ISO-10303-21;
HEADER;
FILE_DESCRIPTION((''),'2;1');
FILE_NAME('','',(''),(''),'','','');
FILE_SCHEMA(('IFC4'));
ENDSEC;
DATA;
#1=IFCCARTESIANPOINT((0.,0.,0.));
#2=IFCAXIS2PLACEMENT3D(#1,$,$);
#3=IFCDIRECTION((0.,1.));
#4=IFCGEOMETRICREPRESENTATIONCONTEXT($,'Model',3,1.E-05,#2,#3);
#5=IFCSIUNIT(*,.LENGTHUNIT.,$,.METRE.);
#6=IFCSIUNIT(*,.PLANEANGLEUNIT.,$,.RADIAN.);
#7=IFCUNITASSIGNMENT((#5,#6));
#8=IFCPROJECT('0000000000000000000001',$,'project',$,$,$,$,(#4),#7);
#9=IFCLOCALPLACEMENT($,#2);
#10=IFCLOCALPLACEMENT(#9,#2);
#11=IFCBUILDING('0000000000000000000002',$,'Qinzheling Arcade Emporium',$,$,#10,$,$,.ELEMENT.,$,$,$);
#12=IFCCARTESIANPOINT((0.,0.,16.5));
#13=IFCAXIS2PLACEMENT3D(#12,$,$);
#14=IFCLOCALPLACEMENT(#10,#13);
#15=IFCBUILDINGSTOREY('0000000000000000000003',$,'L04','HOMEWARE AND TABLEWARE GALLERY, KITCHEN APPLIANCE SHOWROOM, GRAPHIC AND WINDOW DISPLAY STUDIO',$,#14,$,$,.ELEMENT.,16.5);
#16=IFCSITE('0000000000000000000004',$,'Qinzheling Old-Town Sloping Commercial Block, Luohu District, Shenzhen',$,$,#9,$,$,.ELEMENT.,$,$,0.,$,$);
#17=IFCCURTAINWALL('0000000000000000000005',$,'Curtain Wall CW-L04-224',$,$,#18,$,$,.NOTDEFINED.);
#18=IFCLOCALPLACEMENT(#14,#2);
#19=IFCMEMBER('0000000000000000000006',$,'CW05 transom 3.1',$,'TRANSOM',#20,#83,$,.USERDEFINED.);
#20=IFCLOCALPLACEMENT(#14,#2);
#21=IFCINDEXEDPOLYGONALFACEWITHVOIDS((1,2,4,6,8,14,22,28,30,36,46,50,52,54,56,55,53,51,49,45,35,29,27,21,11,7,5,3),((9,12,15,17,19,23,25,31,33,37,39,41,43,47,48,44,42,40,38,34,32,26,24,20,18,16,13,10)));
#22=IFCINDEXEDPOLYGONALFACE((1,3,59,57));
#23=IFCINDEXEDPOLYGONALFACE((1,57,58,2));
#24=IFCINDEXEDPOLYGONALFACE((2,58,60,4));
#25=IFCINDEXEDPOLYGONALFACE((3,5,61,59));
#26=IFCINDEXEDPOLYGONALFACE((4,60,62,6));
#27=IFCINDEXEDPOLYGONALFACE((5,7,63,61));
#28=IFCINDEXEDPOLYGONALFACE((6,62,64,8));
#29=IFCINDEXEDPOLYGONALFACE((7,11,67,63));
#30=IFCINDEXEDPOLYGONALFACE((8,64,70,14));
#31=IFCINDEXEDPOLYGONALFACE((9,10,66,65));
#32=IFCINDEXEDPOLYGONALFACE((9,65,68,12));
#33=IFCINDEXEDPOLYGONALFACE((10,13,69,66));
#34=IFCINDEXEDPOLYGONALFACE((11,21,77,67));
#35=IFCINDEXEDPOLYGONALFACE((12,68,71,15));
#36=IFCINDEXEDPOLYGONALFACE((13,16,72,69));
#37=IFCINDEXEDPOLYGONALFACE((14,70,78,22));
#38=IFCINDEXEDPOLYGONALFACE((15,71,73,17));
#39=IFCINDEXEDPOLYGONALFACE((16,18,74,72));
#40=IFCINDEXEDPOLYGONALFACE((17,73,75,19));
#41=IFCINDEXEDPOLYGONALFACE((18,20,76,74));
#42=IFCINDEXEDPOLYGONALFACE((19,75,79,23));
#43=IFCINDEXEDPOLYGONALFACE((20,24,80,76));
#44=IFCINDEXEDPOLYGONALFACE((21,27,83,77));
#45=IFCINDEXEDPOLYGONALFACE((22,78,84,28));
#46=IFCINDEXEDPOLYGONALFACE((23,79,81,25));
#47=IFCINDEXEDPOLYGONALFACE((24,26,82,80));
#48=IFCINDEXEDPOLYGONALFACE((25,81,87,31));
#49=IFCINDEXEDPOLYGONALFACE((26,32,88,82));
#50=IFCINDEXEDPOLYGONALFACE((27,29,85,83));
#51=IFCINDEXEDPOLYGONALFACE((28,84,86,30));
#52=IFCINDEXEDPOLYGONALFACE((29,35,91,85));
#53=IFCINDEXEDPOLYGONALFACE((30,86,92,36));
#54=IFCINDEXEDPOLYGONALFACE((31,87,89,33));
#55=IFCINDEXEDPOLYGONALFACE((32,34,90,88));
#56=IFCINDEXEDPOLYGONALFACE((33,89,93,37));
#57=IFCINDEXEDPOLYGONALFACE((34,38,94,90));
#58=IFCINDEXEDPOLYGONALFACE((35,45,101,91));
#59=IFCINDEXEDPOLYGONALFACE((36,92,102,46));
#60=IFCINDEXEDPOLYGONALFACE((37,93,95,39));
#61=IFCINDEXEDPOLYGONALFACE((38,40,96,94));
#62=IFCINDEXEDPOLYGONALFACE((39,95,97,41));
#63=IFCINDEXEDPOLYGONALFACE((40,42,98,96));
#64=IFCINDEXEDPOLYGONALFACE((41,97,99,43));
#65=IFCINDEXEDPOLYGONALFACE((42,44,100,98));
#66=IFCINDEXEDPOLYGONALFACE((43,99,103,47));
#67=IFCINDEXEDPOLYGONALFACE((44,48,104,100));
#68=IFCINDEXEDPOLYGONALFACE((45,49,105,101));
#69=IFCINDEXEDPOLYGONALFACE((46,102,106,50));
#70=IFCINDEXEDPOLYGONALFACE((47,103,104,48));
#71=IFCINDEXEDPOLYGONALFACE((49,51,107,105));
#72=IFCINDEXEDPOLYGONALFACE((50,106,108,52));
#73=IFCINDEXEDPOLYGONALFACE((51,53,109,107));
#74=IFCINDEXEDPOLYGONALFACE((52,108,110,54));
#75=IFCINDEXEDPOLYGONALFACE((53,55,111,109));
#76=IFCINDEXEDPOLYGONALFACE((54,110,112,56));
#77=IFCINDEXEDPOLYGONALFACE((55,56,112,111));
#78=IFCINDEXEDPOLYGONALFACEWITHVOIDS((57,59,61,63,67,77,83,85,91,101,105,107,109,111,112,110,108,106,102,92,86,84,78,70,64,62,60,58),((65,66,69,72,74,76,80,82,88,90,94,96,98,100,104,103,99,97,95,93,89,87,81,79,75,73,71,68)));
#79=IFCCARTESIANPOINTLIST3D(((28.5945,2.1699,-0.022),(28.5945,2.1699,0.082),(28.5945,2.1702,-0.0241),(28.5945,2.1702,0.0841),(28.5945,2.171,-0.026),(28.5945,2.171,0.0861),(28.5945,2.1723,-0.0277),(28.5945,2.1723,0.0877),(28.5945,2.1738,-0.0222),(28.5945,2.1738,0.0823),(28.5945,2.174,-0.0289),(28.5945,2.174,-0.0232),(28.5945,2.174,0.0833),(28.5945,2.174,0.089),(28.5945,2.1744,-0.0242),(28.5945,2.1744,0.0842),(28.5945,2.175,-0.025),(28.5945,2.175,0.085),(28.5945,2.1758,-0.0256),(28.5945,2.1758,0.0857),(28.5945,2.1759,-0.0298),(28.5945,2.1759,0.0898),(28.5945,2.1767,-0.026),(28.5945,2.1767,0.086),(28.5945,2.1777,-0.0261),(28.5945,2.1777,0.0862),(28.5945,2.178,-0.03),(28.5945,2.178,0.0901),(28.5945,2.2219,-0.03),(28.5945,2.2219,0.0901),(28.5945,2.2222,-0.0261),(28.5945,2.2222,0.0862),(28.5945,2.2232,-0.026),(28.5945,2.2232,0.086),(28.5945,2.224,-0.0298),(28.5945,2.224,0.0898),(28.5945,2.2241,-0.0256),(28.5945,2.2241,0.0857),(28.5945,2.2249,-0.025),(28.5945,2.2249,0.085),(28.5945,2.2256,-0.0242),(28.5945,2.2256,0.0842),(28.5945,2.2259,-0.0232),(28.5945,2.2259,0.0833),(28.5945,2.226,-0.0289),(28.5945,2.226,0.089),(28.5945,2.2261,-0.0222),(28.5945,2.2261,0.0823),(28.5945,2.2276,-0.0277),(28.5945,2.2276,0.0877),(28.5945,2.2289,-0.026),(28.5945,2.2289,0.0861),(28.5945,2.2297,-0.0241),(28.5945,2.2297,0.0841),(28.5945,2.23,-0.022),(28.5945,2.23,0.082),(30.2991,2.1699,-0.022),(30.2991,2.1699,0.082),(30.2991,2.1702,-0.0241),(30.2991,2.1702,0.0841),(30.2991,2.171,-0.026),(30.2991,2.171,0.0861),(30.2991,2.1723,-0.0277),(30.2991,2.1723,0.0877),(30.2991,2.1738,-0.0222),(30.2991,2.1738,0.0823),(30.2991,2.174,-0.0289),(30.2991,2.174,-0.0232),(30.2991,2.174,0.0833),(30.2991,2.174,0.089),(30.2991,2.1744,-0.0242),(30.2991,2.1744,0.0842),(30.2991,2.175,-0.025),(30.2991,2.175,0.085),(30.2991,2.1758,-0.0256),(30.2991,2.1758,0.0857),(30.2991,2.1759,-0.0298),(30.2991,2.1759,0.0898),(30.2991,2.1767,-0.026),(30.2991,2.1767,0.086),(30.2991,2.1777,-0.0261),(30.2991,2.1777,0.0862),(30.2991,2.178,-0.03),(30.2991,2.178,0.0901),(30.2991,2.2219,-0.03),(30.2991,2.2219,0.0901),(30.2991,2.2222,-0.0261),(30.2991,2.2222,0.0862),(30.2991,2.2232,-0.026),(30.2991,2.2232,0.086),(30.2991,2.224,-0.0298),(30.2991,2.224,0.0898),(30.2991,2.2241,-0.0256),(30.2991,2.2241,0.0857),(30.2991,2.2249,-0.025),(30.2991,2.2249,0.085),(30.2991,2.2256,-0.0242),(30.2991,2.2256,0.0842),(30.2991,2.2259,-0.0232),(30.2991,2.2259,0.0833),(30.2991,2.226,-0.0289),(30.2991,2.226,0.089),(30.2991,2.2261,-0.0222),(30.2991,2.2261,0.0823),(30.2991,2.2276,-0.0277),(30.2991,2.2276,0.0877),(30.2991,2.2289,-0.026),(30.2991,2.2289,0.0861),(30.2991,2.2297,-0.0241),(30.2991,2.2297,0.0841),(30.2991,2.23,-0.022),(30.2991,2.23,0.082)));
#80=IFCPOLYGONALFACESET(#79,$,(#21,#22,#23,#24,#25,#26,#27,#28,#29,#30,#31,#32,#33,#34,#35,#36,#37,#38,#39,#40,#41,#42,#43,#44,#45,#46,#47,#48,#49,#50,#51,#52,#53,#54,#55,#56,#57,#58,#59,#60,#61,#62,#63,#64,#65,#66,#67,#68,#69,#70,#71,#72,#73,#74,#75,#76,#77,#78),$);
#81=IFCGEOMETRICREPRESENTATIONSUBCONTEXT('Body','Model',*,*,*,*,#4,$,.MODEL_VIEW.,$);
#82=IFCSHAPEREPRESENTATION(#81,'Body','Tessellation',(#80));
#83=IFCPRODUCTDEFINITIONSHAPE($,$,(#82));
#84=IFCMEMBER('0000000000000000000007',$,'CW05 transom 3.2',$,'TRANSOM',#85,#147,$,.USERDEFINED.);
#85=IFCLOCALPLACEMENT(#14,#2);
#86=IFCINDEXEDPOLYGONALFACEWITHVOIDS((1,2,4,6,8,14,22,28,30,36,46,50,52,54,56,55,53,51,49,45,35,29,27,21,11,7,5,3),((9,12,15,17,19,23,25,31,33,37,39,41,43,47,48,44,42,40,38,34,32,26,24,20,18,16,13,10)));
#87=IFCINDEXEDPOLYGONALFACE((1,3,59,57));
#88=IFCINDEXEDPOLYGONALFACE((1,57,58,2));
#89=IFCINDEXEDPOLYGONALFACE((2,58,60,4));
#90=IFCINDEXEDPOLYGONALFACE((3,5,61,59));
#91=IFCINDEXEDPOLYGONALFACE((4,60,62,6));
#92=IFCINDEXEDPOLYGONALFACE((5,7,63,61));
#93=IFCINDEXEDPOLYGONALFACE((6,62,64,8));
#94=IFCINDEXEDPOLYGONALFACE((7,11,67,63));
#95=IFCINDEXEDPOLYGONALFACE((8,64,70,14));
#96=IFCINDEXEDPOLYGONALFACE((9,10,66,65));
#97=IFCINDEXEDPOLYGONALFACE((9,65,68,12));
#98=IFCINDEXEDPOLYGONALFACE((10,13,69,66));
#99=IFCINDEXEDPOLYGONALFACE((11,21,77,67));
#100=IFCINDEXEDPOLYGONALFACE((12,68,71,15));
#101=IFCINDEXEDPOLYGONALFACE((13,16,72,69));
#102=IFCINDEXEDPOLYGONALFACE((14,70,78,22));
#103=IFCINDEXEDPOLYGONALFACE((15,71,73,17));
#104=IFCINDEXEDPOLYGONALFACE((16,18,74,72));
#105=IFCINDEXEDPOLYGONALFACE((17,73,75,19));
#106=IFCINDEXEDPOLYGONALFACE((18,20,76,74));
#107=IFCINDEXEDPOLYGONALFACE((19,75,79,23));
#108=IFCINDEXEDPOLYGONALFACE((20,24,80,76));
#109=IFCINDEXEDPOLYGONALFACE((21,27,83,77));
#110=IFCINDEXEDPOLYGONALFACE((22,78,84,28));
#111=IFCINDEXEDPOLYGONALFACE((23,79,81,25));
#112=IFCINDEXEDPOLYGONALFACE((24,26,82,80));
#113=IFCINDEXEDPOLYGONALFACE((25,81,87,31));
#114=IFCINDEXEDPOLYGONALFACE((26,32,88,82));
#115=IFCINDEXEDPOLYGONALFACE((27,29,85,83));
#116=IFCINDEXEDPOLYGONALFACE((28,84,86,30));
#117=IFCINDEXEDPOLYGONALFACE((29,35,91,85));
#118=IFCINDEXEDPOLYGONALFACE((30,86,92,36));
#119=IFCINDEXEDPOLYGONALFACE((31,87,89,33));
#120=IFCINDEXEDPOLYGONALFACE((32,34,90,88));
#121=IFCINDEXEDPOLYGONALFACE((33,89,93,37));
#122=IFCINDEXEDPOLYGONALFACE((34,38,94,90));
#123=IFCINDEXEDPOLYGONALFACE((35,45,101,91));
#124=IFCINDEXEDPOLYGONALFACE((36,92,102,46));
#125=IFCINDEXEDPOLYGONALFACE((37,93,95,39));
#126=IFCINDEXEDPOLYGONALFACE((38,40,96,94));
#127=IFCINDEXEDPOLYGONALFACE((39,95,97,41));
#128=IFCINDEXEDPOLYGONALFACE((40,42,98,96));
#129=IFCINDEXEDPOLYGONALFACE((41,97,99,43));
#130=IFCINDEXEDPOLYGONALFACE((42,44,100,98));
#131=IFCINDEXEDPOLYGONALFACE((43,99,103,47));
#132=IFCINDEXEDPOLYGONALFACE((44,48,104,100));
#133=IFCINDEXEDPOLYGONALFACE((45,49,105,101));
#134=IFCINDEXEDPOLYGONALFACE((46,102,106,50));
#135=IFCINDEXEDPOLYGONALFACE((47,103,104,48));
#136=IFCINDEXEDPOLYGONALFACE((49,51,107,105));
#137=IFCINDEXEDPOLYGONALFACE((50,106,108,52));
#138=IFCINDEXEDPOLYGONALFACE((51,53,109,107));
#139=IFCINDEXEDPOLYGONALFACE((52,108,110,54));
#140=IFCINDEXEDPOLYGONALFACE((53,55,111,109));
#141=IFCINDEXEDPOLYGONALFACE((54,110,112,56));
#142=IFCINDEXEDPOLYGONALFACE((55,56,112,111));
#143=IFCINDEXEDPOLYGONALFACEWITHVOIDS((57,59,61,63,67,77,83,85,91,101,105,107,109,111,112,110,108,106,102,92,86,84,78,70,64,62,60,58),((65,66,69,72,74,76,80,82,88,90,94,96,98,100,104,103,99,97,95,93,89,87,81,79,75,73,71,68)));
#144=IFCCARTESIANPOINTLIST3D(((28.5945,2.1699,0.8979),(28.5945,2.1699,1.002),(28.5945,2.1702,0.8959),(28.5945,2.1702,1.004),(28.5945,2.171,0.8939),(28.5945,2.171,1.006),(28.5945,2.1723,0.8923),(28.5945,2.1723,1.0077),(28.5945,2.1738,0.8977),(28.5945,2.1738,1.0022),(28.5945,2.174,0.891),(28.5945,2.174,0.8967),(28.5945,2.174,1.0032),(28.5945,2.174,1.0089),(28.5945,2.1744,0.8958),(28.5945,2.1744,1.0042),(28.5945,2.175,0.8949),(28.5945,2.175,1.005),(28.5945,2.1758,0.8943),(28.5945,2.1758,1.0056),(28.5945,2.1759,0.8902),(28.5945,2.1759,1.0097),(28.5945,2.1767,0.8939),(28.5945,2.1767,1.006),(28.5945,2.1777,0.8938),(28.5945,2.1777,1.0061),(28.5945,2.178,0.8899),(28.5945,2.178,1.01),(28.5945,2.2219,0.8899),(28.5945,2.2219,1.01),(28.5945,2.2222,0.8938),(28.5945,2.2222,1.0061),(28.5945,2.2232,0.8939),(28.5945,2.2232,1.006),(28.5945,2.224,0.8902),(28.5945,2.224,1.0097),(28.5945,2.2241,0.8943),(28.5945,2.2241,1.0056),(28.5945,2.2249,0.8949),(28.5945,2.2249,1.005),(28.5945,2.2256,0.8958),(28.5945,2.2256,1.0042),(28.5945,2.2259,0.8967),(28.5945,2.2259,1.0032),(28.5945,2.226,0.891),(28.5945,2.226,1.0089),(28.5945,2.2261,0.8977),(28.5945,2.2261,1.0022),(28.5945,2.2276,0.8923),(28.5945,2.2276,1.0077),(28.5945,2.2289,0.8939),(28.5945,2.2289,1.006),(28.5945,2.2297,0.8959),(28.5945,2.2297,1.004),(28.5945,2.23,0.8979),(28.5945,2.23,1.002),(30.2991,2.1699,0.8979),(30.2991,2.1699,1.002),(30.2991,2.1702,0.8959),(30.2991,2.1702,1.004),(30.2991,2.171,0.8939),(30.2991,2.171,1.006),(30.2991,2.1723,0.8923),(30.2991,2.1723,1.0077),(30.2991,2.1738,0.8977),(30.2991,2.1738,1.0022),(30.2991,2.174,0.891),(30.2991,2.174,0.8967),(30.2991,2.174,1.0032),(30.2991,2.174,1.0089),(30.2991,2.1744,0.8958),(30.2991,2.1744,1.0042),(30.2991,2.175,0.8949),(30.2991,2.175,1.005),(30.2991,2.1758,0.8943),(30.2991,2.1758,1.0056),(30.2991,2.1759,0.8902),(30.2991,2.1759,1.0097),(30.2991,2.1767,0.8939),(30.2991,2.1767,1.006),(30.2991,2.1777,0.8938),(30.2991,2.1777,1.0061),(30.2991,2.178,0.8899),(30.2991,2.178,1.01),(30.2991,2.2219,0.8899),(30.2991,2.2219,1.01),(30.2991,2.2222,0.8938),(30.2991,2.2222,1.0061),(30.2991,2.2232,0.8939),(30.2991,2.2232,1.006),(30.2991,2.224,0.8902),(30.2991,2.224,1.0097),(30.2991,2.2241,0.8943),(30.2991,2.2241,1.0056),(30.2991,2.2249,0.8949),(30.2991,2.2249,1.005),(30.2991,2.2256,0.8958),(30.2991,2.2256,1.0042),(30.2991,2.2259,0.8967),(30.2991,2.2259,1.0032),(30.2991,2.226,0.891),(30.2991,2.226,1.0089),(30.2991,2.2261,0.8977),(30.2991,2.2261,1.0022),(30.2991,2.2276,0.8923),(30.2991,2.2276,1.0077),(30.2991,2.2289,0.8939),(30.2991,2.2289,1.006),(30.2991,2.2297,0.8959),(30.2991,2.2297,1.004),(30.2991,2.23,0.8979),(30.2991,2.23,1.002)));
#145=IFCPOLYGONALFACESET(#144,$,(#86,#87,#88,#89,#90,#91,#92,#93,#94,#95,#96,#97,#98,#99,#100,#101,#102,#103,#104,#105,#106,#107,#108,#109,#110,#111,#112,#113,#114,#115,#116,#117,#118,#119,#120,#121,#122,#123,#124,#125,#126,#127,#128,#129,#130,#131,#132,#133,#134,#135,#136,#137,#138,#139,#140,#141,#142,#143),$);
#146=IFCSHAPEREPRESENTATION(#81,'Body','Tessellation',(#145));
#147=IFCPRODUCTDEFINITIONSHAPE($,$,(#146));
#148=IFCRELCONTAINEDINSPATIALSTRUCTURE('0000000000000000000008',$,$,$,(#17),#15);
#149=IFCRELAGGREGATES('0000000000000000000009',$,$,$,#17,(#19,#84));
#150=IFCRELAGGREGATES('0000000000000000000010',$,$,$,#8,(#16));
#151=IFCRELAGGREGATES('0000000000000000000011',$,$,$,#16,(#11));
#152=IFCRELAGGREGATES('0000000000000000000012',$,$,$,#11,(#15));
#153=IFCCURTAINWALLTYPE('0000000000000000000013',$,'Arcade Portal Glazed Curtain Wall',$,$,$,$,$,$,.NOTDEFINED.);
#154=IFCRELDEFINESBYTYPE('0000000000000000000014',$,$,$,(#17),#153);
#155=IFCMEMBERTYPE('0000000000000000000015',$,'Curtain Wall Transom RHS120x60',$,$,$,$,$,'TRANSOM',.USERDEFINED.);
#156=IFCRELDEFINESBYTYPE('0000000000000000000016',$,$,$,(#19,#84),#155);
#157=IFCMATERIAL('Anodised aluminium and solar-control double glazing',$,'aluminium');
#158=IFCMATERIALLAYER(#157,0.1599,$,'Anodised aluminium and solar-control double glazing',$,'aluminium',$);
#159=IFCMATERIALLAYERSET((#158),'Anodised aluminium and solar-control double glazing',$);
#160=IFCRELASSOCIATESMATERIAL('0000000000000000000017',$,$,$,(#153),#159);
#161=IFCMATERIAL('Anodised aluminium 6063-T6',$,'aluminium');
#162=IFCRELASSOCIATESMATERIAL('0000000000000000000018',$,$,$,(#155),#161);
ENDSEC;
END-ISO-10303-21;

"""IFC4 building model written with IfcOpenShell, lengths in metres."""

from ifc_helpers import new_model, si_unit, direction, frame, origin, origin_2d, place, context, subcontext, project, spatial, hollow_rectangle, extrude, material, layer, layer_set, material_profile, profile_set, type_object, element, aggregate, save


model = new_model("IFC4")

# Units and contexts
model_context = context("Model", 3, precision=1e-05, world=origin(), true_north=direction((0.0, 1.0)))
body_context = subcontext(model_context, "Body", "Model", "MODEL_VIEW")
ifc_project = project(units=[si_unit("LENGTHUNIT", "METRE"), si_unit("PLANEANGLEUNIT", "RADIAN")], contexts=[model_context])

# Site, building, storey
site_placement = place(None, origin())
site = spatial("IfcSite", under=ifc_project, at=site_placement, Name="Qinzheling Old-Town Sloping Commercial Block, Luohu District, Shenzhen", CompositionType="ELEMENT", RefElevation=0.0)
building_placement = place(site_placement, origin())
building = spatial("IfcBuilding", under=site, at=building_placement, Name="Qinzheling Arcade Emporium", CompositionType="ELEMENT")
storey_placement = place(building_placement, frame((0.0, 0.0, 16.5)))
storey = spatial("IfcBuildingStorey", under=building, at=storey_placement, Name="L04", Description="HOMEWARE AND TABLEWARE GALLERY, KITCHEN APPLIANCE SHOWROOM, GRAPHIC AND WINDOW DISPLAY STUDIO", CompositionType="ELEMENT", Elevation=16.5)

# Shared definitions
ifc_material_1 = material(Name="Anodised aluminium and solar-control double glazing", Category="aluminium")
ifc_layer_1 = layer(ifc_material_1, 0.1599, Name="Anodised aluminium and solar-control double glazing", Category="aluminium")
ifc_layer_set_1 = layer_set([ifc_layer_1], Name="Anodised aluminium and solar-control double glazing")
curtain_wall_type = type_object("IfcCurtainWallType", Name="Arcade Portal Glazed Curtain Wall", PredefinedType="NOTDEFINED", material=ifc_layer_set_1)
ifc_material_2 = material(Name="Anodised aluminium 6063-T6", Category="aluminium")

# Curtain wall
curtain_wall_1_placement = place(storey_placement, origin())
curtain_wall_1 = element("IfcCurtainWall", 1, at=curtain_wall_1_placement, inside=storey, type_object=curtain_wall_type, Name="Curtain Wall CW-L04-224", PredefinedType="NOTDEFINED")

# Members
ifc_material_profile_1 = material_profile(ifc_material_2, hollow_rectangle(XDim=0.0601, YDim=0.1201, WallThickness=0.0039, InnerFilletRadius=0.0039, OuterFilletRadius=0.0081, at=origin_2d()), Name="RHS 120x60x4", Category="aluminium")
ifc_profile_set_1 = profile_set([ifc_material_profile_1], Name="Anodised aluminium 6063-T6")
member_type_1 = type_object("IfcMemberType", Name="Curtain Wall Transom RHS120x60", ElementType="TRANSOM", PredefinedType="USERDEFINED", material=ifc_profile_set_1)
member_1_placement = place(storey_placement, frame((30.2991, 2.2, 0.03), z_axis=(-1.0, 0.0, 0.0), x_axis=(0.0, -1.0, 0.0)))
member_1 = element("IfcMember", 2, at=member_1_placement, type_object=member_type_1, Name="CW05 transom 3.1", ObjectType="TRANSOM", PredefinedType="USERDEFINED", context=body_context, shape_type="SweptSolid", body=[
    extrude(hollow_rectangle(XDim=0.0601, YDim=0.1201, WallThickness=0.0039, InnerFilletRadius=0.0039, OuterFilletRadius=0.0081, at=origin_2d()), origin(), (0.0, 0.0, 1.0), 1.7046),
])
member_2_placement = place(storey_placement, frame((30.2991, 2.2, 0.95), z_axis=(-1.0, 0.0, 0.0), x_axis=(0.0, -1.0, 0.0)))
member_2 = element("IfcMember", 3, at=member_2_placement, type_object=member_type_1, Name="CW05 transom 3.2", ObjectType="TRANSOM", PredefinedType="USERDEFINED", context=body_context, shape_type="SweptSolid", body=[
    extrude(hollow_rectangle(XDim=0.0601, YDim=0.1201, WallThickness=0.0039, InnerFilletRadius=0.0039, OuterFilletRadius=0.0081, at=origin_2d()), origin(), (0.0, 0.0, 1.0), 1.7046),
])

aggregate(curtain_wall_1, [member_1, member_2])

save(model, "model.ifc")
